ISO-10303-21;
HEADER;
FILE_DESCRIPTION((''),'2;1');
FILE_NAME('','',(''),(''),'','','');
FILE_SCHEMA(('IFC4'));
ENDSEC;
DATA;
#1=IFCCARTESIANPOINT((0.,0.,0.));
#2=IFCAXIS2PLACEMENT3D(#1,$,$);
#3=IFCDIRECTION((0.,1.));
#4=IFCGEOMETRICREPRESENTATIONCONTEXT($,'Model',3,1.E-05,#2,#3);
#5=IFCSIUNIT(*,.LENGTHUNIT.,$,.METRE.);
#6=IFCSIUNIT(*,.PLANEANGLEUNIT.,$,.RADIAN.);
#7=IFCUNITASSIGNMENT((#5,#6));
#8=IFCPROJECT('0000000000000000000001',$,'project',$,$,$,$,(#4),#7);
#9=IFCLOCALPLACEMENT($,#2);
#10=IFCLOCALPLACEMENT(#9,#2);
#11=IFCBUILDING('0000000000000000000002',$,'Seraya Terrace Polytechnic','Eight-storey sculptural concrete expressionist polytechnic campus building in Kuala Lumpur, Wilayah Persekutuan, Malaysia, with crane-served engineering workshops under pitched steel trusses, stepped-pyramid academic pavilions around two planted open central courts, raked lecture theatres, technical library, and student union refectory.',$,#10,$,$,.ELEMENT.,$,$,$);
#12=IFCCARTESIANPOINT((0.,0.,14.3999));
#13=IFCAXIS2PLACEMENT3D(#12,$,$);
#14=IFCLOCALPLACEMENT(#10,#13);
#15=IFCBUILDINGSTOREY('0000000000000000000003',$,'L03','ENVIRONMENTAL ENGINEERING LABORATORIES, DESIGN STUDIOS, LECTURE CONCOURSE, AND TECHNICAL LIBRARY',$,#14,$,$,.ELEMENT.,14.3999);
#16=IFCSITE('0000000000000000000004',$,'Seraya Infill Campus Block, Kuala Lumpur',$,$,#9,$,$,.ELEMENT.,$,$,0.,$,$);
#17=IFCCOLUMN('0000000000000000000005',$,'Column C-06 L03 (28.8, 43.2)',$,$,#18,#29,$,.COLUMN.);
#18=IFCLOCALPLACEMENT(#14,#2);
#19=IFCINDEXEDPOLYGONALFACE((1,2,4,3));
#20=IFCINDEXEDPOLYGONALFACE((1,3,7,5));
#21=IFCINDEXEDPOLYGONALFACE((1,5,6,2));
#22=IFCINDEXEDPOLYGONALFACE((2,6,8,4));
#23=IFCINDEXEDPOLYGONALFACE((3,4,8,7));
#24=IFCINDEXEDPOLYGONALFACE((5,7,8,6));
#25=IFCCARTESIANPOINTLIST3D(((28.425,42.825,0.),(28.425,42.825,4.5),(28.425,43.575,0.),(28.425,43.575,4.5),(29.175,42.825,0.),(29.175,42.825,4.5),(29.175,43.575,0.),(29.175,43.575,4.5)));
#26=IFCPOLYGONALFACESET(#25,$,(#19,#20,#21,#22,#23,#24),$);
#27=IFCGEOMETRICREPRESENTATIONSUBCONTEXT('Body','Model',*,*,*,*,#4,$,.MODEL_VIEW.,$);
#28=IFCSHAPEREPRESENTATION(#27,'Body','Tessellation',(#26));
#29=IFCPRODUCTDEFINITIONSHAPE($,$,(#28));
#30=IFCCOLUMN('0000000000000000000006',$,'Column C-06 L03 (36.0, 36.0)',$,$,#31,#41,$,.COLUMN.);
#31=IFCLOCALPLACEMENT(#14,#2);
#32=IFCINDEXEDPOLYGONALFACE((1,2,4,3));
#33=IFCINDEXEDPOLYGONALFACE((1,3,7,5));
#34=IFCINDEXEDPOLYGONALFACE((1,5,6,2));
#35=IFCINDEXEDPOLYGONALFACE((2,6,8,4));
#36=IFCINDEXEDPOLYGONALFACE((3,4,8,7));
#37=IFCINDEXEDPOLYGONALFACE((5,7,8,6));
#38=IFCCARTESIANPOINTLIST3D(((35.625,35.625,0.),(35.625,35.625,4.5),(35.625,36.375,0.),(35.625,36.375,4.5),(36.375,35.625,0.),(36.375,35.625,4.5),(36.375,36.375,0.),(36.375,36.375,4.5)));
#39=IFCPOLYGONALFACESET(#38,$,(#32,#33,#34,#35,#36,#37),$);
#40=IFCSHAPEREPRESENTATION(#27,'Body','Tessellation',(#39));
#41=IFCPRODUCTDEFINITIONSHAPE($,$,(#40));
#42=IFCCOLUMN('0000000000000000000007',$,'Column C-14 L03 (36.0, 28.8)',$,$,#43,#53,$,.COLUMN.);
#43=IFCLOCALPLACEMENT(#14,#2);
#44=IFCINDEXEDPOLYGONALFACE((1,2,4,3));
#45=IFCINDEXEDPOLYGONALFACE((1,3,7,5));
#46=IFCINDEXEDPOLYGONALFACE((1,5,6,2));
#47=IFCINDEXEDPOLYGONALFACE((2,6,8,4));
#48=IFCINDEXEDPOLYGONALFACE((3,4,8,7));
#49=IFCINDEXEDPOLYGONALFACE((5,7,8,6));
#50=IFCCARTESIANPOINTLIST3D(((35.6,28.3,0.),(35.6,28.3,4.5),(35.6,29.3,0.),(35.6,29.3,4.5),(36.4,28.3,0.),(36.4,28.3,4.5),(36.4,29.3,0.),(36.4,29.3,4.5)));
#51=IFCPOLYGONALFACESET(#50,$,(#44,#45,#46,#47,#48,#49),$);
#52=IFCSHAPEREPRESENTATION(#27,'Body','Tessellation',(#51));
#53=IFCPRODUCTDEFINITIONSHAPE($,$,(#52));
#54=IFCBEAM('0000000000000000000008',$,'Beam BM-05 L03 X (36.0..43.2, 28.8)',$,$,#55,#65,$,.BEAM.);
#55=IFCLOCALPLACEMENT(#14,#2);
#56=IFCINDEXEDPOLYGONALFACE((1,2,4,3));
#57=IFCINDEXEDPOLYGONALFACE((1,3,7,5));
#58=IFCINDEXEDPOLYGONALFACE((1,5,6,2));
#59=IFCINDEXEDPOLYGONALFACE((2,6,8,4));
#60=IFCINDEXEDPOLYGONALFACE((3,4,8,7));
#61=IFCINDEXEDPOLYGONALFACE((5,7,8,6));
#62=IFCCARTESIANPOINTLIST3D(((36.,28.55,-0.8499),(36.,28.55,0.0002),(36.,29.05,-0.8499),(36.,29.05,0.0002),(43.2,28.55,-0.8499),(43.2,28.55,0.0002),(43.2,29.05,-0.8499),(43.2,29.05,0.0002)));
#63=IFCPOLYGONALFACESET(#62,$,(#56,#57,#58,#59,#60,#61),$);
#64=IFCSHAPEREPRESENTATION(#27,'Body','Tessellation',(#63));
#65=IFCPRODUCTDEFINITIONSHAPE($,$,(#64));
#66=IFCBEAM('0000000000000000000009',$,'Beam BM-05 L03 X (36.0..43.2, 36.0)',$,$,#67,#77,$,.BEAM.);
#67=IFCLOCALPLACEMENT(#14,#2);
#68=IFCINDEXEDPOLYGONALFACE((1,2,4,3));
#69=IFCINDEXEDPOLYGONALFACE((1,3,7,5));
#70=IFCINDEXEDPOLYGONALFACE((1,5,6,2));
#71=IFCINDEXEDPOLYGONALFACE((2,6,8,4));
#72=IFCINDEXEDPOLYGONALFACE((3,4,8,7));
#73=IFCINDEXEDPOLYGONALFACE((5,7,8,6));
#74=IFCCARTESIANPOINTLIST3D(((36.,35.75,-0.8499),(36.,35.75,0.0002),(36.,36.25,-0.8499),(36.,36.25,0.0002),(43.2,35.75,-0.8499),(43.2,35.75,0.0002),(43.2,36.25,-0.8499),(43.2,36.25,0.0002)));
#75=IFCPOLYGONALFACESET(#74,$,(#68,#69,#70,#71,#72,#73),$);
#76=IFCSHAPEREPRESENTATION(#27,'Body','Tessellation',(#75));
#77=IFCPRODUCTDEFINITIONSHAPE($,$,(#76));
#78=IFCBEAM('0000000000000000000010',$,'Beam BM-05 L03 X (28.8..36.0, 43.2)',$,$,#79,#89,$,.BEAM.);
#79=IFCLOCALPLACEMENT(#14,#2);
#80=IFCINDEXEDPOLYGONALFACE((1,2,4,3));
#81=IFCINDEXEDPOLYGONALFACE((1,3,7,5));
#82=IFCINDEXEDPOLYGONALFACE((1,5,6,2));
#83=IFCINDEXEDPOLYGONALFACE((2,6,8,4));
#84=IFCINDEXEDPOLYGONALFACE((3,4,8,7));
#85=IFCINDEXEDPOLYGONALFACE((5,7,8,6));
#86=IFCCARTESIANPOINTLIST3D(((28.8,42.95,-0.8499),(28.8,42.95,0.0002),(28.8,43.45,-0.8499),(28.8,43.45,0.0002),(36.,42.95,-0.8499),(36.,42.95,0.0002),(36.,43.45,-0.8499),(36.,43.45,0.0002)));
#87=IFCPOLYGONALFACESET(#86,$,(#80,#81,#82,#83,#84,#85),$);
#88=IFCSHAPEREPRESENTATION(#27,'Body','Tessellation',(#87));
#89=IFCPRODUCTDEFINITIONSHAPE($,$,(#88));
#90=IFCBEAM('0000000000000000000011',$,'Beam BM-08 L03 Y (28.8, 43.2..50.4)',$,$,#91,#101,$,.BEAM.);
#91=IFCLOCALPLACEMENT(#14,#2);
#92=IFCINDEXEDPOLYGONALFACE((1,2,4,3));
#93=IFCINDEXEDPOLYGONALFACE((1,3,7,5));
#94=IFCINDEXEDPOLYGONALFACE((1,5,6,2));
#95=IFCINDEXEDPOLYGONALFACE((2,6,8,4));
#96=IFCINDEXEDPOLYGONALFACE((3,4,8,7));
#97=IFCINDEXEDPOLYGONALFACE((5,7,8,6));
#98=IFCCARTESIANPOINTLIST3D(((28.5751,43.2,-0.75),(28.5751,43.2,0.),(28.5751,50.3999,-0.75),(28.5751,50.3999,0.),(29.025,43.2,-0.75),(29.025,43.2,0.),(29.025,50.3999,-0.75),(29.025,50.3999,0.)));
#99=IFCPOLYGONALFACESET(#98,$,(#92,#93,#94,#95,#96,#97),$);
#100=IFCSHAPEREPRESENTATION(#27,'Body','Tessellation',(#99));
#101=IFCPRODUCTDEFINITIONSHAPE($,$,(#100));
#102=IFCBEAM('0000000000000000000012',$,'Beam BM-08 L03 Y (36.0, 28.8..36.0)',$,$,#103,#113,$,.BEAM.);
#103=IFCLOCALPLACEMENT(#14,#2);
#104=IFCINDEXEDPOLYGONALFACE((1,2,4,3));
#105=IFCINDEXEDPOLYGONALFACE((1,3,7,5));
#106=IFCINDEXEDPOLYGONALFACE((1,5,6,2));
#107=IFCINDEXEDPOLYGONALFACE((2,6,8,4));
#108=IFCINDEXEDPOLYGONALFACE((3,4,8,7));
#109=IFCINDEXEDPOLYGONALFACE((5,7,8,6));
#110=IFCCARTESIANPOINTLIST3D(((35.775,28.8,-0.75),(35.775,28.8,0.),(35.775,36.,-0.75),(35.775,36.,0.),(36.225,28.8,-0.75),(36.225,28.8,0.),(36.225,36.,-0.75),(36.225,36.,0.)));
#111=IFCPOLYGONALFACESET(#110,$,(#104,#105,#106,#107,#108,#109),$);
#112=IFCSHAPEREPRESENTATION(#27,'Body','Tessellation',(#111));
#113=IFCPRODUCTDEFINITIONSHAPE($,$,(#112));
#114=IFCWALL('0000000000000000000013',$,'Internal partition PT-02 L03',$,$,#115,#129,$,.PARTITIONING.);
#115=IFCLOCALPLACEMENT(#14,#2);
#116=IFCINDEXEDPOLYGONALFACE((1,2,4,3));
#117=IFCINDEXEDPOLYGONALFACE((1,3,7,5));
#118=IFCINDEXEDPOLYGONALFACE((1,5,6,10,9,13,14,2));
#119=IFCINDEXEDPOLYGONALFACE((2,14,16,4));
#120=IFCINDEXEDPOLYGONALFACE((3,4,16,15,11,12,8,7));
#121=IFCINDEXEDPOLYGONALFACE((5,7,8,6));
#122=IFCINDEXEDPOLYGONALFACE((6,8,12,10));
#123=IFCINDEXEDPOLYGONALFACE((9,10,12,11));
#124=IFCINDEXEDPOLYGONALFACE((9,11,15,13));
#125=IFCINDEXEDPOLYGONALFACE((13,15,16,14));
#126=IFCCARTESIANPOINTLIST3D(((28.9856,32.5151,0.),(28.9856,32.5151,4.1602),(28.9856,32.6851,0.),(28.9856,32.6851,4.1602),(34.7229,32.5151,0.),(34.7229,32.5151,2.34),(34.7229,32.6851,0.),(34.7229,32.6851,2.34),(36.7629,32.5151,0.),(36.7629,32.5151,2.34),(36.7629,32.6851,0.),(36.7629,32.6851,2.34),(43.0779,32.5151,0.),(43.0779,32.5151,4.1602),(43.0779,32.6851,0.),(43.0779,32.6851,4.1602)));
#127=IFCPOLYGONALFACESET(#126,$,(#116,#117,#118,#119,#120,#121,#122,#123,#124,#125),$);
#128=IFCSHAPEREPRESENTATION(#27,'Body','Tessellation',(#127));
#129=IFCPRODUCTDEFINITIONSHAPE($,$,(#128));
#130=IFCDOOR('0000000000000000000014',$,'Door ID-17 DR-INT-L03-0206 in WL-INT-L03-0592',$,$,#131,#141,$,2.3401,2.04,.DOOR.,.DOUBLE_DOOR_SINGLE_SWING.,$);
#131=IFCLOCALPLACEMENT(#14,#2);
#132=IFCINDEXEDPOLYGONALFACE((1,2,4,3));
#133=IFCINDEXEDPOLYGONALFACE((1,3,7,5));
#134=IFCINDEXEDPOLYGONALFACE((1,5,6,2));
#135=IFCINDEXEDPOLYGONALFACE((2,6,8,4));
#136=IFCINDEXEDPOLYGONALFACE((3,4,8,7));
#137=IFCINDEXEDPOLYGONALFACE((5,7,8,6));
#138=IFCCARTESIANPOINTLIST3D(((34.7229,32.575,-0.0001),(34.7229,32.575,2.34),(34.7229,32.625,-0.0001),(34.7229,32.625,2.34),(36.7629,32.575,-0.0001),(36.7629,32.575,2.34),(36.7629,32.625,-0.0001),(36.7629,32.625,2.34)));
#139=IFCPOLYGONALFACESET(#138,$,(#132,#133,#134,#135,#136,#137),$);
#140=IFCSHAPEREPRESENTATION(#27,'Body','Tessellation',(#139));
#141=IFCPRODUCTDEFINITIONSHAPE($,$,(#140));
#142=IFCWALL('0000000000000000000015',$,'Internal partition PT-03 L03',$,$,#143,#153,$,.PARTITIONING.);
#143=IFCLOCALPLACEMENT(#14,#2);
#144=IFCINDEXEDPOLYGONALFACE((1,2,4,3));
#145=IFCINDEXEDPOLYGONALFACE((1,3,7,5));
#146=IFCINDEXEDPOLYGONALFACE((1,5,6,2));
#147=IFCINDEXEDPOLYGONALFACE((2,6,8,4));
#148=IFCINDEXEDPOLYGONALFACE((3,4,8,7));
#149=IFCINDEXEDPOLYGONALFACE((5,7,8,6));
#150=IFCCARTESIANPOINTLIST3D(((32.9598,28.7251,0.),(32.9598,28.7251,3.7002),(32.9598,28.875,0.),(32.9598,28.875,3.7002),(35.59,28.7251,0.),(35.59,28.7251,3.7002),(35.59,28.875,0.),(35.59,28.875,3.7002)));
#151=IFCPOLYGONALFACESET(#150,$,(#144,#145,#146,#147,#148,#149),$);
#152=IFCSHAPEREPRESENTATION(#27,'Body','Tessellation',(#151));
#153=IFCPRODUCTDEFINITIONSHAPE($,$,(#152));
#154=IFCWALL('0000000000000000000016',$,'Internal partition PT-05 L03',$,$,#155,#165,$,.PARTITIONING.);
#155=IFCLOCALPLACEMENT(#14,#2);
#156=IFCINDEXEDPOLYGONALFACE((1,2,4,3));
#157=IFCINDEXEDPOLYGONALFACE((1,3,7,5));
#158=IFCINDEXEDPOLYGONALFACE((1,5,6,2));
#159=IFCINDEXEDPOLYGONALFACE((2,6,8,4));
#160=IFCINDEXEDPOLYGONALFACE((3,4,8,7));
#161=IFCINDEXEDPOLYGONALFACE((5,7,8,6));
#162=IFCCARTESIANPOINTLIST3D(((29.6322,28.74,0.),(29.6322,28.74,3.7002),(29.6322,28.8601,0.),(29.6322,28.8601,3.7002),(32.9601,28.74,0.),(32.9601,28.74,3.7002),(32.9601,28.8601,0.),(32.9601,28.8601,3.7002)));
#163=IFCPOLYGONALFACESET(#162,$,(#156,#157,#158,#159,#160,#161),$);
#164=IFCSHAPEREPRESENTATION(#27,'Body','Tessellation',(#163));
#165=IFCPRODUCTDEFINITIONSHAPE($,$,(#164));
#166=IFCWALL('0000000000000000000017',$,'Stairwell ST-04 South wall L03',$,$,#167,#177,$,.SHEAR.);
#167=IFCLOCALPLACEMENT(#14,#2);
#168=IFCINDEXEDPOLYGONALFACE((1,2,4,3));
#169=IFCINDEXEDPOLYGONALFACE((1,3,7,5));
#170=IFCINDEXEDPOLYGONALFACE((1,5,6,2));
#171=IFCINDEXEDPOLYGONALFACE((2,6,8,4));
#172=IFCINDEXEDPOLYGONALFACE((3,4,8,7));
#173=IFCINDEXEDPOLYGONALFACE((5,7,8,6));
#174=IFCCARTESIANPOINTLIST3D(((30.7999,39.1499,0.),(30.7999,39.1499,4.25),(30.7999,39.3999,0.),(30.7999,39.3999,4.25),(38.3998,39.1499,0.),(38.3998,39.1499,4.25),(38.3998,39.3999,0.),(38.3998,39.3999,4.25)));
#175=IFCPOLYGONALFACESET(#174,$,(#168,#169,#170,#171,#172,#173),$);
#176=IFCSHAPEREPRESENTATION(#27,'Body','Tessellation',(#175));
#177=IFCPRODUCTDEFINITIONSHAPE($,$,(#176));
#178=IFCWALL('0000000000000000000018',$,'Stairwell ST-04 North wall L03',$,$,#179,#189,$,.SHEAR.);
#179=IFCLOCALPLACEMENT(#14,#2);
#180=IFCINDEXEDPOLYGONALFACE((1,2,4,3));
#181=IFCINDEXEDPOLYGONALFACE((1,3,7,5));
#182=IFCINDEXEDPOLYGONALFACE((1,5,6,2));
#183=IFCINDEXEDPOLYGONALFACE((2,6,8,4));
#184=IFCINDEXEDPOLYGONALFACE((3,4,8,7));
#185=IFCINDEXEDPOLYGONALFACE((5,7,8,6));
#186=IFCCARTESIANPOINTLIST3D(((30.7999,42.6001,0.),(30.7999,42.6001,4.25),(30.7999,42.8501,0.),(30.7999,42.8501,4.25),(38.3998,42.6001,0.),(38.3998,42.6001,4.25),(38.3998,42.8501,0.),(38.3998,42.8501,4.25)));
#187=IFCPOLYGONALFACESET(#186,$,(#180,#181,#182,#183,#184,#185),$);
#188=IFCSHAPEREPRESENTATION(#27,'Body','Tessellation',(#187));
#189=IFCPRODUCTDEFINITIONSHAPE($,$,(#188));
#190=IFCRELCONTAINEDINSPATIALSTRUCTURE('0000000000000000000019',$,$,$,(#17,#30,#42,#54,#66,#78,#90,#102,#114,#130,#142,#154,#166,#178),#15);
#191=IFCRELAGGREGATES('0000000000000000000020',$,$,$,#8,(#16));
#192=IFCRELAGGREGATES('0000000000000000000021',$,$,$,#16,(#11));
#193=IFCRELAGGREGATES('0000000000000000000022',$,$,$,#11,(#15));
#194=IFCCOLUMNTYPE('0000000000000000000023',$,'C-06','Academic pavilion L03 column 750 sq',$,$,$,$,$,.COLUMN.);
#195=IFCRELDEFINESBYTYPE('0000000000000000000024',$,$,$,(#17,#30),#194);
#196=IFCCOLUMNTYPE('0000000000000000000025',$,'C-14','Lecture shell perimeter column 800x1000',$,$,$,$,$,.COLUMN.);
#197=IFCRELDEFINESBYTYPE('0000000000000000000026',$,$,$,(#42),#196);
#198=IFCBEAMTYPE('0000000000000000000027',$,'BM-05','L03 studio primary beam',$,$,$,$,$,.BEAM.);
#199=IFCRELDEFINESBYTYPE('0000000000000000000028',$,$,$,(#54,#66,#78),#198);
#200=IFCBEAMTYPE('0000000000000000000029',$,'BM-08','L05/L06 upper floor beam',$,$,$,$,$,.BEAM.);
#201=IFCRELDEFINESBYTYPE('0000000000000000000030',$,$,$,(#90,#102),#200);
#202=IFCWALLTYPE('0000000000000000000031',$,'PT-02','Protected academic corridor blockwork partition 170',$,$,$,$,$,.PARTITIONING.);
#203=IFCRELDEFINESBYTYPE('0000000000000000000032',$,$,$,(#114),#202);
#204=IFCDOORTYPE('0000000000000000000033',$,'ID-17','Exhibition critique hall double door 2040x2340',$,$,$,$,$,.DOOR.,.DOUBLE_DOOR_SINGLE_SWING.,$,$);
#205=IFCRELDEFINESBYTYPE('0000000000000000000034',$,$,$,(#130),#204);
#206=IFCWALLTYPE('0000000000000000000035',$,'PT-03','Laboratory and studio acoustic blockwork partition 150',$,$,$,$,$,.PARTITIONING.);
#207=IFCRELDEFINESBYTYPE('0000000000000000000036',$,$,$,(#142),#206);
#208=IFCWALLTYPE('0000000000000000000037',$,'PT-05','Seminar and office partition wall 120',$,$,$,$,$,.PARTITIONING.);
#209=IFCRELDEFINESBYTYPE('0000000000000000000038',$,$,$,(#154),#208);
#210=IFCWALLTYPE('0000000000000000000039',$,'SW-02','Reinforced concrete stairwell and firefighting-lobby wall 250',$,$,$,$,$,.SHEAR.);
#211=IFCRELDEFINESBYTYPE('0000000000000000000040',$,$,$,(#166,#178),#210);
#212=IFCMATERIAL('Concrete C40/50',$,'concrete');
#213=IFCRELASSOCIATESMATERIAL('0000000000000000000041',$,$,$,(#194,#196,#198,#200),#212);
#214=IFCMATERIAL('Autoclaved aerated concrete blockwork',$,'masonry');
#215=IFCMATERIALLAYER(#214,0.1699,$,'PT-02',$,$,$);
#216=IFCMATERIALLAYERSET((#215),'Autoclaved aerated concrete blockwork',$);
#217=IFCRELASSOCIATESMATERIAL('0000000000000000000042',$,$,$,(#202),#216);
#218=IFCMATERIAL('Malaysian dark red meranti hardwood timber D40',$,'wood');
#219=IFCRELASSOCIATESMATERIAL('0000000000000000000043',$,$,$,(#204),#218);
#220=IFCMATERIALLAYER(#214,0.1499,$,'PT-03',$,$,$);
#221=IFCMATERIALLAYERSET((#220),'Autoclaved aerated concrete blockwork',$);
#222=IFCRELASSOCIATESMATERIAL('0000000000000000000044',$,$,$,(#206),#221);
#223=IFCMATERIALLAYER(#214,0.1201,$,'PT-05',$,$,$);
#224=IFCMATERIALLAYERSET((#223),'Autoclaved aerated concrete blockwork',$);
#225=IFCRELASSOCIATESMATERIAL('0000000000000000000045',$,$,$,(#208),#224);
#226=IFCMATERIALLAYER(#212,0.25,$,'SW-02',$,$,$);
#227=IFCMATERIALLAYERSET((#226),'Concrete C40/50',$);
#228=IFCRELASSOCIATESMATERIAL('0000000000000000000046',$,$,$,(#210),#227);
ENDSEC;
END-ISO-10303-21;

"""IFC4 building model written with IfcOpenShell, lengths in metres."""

from ifc_helpers import new_model, si_unit, direction, frame, frame_2d, origin, origin_2d, place, context, subcontext, project, spatial, rectangle, extrude, material, layer, layer_set, material_profile, profile_set, type_object, element, fill, save


model = new_model("IFC4")

# Units and contexts
model_context = context("Model", 3, precision=1e-05, world=origin(), true_north=direction((0.0, 1.0)))
body_context = subcontext(model_context, "Body", "Model", "MODEL_VIEW")
ifc_project = project(units=[si_unit("LENGTHUNIT", "METRE"), si_unit("PLANEANGLEUNIT", "RADIAN")], contexts=[model_context])

# Site, building, storey
site_placement = place(None, origin())
site = spatial("IfcSite", under=ifc_project, at=site_placement, Name="Seraya Infill Campus Block, Kuala Lumpur", CompositionType="ELEMENT", RefElevation=0.0)
building_placement = place(site_placement, origin())
building = spatial("IfcBuilding", under=site, at=building_placement, Name="Seraya Terrace Polytechnic", Description="Eight-storey sculptural concrete expressionist polytechnic campus building in Kuala Lumpur, Wilayah Persekutuan, Malaysia, with crane-served engineering workshops under pitched steel trusses, stepped-pyramid academic pavilions around two planted open central courts, raked lecture theatres, technical library, and student union refectory.", CompositionType="ELEMENT")
storey_placement = place(building_placement, frame((0.0, 0.0, 14.3999)))
storey = spatial("IfcBuildingStorey", under=building, at=storey_placement, Name="L03", Description="ENVIRONMENTAL ENGINEERING LABORATORIES, DESIGN STUDIOS, LECTURE CONCOURSE, AND TECHNICAL LIBRARY", CompositionType="ELEMENT", Elevation=14.3999)

# Columns
ifc_material_1 = material(Name="Concrete C40/50", Category="concrete")
ifc_material_profile_1 = material_profile(ifc_material_1, rectangle(XDim=0.75, YDim=0.75, at=origin_2d()), Name="RC 750x750")
ifc_profile_set_1 = profile_set([ifc_material_profile_1], Name="Concrete C40/50")
column_type_1 = type_object("IfcColumnType", Name="C-06", Description="Academic pavilion L03 column 750 sq", PredefinedType="COLUMN", material=ifc_profile_set_1)
for number, where, z_axis, x_axis, name in (
    (1, (28.8, 43.2, 0.0), (0.0, 0.0, 1.0), (1.0, 0.0, 0.0), "Column C-06 L03 (28.8, 43.2)"),
    (2, (36.0, 36.0, 0.0), (0.0, 0.0, 1.0), (1.0, 0.0, 0.0), "Column C-06 L03 (36.0, 36.0)"),
):
    element("IfcColumn", number, at=place(storey_placement, frame(where, z_axis=z_axis, x_axis=x_axis)), inside=storey, type_object=column_type_1, Name=name, PredefinedType="COLUMN", context=body_context, shape_type="SweptSolid", body=[
        extrude(rectangle(XDim=0.75, YDim=0.75, at=origin_2d()), origin(), (0.0, 0.0, 1.0), 4.5),
    ])
ifc_material_profile_2 = material_profile(ifc_material_1, rectangle(XDim=0.8, YDim=1.0, at=origin_2d()), Name="RC 800x1000")
ifc_profile_set_2 = profile_set([ifc_material_profile_2], Name="Concrete C40/50")
column_type_2 = type_object("IfcColumnType", Name="C-14", Description="Lecture shell perimeter column 800x1000", PredefinedType="COLUMN", material=ifc_profile_set_2)
column_placement = place(storey_placement, frame((36.0, 28.8, 0.0), z_axis=(0.0, 0.0, 1.0), x_axis=(1.0, 0.0, 0.0)))
element("IfcColumn", 3, at=column_placement, inside=storey, type_object=column_type_2, Name="Column C-14 L03 (36.0, 28.8)", PredefinedType="COLUMN", context=body_context, shape_type="SweptSolid", body=[
    extrude(rectangle(XDim=0.8, YDim=1.0, at=origin_2d()), origin(), (0.0, 0.0, 1.0), 4.5),
])

# Beams
ifc_material_profile_3 = material_profile(ifc_material_1, rectangle(XDim=0.5, YDim=0.8501, at=origin_2d()), Name="RC 500x850")
ifc_profile_set_3 = profile_set([ifc_material_profile_3], Name="Concrete C40/50")
beam_type_1 = type_object("IfcBeamType", Name="BM-05", Description="L03 studio primary beam", PredefinedType="BEAM", material=ifc_profile_set_3)
for number, where, z_axis, x_axis, name in (
    (4, (36.0, 28.8, -0.4248), (1.0, 0.0, 0.0), (0.0, 1.0, 0.0), "Beam BM-05 L03 X (36.0..43.2, 28.8)"),
    (5, (36.0, 36.0, -0.4248), (1.0, 0.0, 0.0), (0.0, 1.0, 0.0), "Beam BM-05 L03 X (36.0..43.2, 36.0)"),
    (6, (28.8, 43.2, -0.4248), (1.0, 0.0, 0.0), (0.0, 1.0, 0.0), "Beam BM-05 L03 X (28.8..36.0, 43.2)"),
):
    element("IfcBeam", number, at=place(storey_placement, frame(where, z_axis=z_axis, x_axis=x_axis)), inside=storey, type_object=beam_type_1, Name=name, PredefinedType="BEAM", context=body_context, shape_type="SweptSolid", body=[
        extrude(rectangle(XDim=0.5, YDim=0.8501, at=origin_2d()), origin(), (0.0, 0.0, 1.0), 7.2),
    ])
ifc_material_profile_4 = material_profile(ifc_material_1, rectangle(XDim=0.45, YDim=0.75, at=origin_2d()), Name="RC 450x750")
ifc_profile_set_4 = profile_set([ifc_material_profile_4], Name="Concrete C40/50")
beam_type_2 = type_object("IfcBeamType", Name="BM-08", Description="L05/L06 upper floor beam", PredefinedType="BEAM", material=ifc_profile_set_4)
for number, where, z_axis, x_axis, name in (
    (7, (28.8, 43.2, -0.375), (0.0, 1.0, 0.0), (-1.0, 0.0, 0.0), "Beam BM-08 L03 Y (28.8, 43.2..50.4)"),
    (8, (36.0, 28.8, -0.375), (0.0, 1.0, 0.0), (-1.0, 0.0, 0.0), "Beam BM-08 L03 Y (36.0, 28.8..36.0)"),
):
    element("IfcBeam", number, at=place(storey_placement, frame(where, z_axis=z_axis, x_axis=x_axis)), inside=storey, type_object=beam_type_2, Name=name, PredefinedType="BEAM", context=body_context, shape_type="SweptSolid", body=[
        extrude(rectangle(XDim=0.45, YDim=0.75, at=origin_2d()), origin(), (0.0, 0.0, 1.0), 7.2),
    ])

# Wall, opening, door
ifc_material_2 = material(Name="Autoclaved aerated concrete blockwork", Category="masonry")
ifc_layer_1 = layer(ifc_material_2, 0.1699, Name="PT-02")
ifc_layer_set_1 = layer_set([ifc_layer_1], Name="Autoclaved aerated concrete blockwork")
wall_type_1 = type_object("IfcWallType", Name="PT-02", Description="Protected academic corridor blockwork partition 170", PredefinedType="PARTITIONING", material=ifc_layer_set_1)
wall_1_placement = place(storey_placement, frame((28.9856, 32.6001, 0.0), z_axis=(0.0, 0.0, 1.0), x_axis=(1.0, 0.0, 0.0)))
wall_1 = element("IfcWall", 9, at=wall_1_placement, inside=storey, type_object=wall_type_1, Name="Internal partition PT-02 L03", PredefinedType="PARTITIONING", context=body_context, shape_type="SweptSolid", body=[
    extrude(rectangle(XDim=14.0923, YDim=0.1699, at=frame_2d((7.0461, 0.0))), origin(), (0.0, 0.0, 1.0), 4.1602),
])
opening_1_placement = place(wall_1_placement, frame((5.7373, 0.0, 0.0)))
opening_1 = element("IfcOpeningElement", 10, at=opening_1_placement, cuts=wall_1, PredefinedType="OPENING", context=body_context, shape_type="SweptSolid", body=[
    extrude(rectangle(XDim=2.04, YDim=2.3401, at=frame_2d((1.02, 1.1699))), frame((0.0, 0.0969, 0.0), z_axis=(0.0, -1.0, 0.0), x_axis=(1.0, 0.0, 0.0)), (0.0, 0.0, 1.0), 0.1938),
])
ifc_material_3 = material(Name="Malaysian dark red meranti hardwood timber D40", Category="wood")
door_type_1 = type_object("IfcDoorType", Name="ID-17", Description="Exhibition critique hall double door 2040x2340", OperationType="DOUBLE_DOOR_SINGLE_SWING", PredefinedType="DOOR", material=ifc_material_3)
door_1_placement = place(opening_1_placement, origin())
door_1 = element("IfcDoor", 11, at=door_1_placement, inside=storey, type_object=door_type_1, Name="Door ID-17 DR-INT-L03-0206 in WL-INT-L03-0592", OperationType="DOUBLE_DOOR_SINGLE_SWING", OverallHeight=2.3401, OverallWidth=2.04, PredefinedType="DOOR", context=body_context, shape_type="SweptSolid", body=[
    extrude(rectangle(XDim=2.04, YDim=2.3401, at=frame_2d((1.02, 1.1699))), frame((0.0, 0.0249, 0.0), z_axis=(0.0, -1.0, 0.0), x_axis=(1.0, 0.0, 0.0)), (0.0, 0.0, 1.0), 0.05),
])
fill(opening_1, door_1)

# Walls
ifc_layer_2 = layer(ifc_material_2, 0.1499, Name="PT-03")
ifc_layer_set_2 = layer_set([ifc_layer_2], Name="Autoclaved aerated concrete blockwork")
wall_type_2 = type_object("IfcWallType", Name="PT-03", Description="Laboratory and studio acoustic blockwork partition 150", PredefinedType="PARTITIONING", material=ifc_layer_set_2)
wall_2_placement = place(storey_placement, frame((32.96, 28.8, 0.0), z_axis=(0.0, 0.0, 1.0), x_axis=(1.0, 0.0, 0.0)))
element("IfcWall", 12, at=wall_2_placement, inside=storey, type_object=wall_type_2, Name="Internal partition PT-03 L03", PredefinedType="PARTITIONING", context=body_context, shape_type="SweptSolid", body=[
    extrude(rectangle(XDim=2.6301, YDim=0.1499, at=frame_2d((1.3149, 0.0))), origin(), (0.0, 0.0, 1.0), 3.7002),
])
ifc_layer_3 = layer(ifc_material_2, 0.1201, Name="PT-05")
ifc_layer_set_3 = layer_set([ifc_layer_3], Name="Autoclaved aerated concrete blockwork")
wall_type_3 = type_object("IfcWallType", Name="PT-05", Description="Seminar and office partition wall 120", PredefinedType="PARTITIONING", material=ifc_layer_set_3)
wall_3_placement = place(storey_placement, frame((29.6321, 28.8, 0.0), z_axis=(0.0, 0.0, 1.0), x_axis=(1.0, 0.0, 0.0)))
element("IfcWall", 13, at=wall_3_placement, inside=storey, type_object=wall_type_3, Name="Internal partition PT-05 L03", PredefinedType="PARTITIONING", context=body_context, shape_type="SweptSolid", body=[
    extrude(rectangle(XDim=3.3279, YDim=0.1201, at=frame_2d((1.6641, 0.0))), origin(), (0.0, 0.0, 1.0), 3.7002),
])

# Shared definitions
ifc_layer_4 = layer(ifc_material_1, 0.25, Name="SW-02")
ifc_layer_set_4 = layer_set([ifc_layer_4], Name="Concrete C40/50")
wall_type_4 = type_object("IfcWallType", Name="SW-02", Description="Reinforced concrete stairwell and firefighting-lobby wall 250", PredefinedType="SHEAR", material=ifc_layer_set_4)

# Walls
for number, where, z_axis, x_axis, name in (
    (14, (30.8, 39.2749, 0.0), (0.0, 0.0, 1.0), (1.0, 0.0, 0.0), "Stairwell ST-04 South wall L03"),
    (15, (30.8, 42.7251, 0.0), (0.0, 0.0, 1.0), (1.0, 0.0, 0.0), "Stairwell ST-04 North wall L03"),
):
    element("IfcWall", number, at=place(storey_placement, frame(where, z_axis=z_axis, x_axis=x_axis)), inside=storey, type_object=wall_type_4, Name=name, PredefinedType="SHEAR", context=body_context, shape_type="SweptSolid", body=[
        extrude(rectangle(XDim=7.5999, YDim=0.25, at=frame_2d((3.7998, 0.0))), origin(), (0.0, 0.0, 1.0), 4.25),
    ])

save(model, "model.ifc")
